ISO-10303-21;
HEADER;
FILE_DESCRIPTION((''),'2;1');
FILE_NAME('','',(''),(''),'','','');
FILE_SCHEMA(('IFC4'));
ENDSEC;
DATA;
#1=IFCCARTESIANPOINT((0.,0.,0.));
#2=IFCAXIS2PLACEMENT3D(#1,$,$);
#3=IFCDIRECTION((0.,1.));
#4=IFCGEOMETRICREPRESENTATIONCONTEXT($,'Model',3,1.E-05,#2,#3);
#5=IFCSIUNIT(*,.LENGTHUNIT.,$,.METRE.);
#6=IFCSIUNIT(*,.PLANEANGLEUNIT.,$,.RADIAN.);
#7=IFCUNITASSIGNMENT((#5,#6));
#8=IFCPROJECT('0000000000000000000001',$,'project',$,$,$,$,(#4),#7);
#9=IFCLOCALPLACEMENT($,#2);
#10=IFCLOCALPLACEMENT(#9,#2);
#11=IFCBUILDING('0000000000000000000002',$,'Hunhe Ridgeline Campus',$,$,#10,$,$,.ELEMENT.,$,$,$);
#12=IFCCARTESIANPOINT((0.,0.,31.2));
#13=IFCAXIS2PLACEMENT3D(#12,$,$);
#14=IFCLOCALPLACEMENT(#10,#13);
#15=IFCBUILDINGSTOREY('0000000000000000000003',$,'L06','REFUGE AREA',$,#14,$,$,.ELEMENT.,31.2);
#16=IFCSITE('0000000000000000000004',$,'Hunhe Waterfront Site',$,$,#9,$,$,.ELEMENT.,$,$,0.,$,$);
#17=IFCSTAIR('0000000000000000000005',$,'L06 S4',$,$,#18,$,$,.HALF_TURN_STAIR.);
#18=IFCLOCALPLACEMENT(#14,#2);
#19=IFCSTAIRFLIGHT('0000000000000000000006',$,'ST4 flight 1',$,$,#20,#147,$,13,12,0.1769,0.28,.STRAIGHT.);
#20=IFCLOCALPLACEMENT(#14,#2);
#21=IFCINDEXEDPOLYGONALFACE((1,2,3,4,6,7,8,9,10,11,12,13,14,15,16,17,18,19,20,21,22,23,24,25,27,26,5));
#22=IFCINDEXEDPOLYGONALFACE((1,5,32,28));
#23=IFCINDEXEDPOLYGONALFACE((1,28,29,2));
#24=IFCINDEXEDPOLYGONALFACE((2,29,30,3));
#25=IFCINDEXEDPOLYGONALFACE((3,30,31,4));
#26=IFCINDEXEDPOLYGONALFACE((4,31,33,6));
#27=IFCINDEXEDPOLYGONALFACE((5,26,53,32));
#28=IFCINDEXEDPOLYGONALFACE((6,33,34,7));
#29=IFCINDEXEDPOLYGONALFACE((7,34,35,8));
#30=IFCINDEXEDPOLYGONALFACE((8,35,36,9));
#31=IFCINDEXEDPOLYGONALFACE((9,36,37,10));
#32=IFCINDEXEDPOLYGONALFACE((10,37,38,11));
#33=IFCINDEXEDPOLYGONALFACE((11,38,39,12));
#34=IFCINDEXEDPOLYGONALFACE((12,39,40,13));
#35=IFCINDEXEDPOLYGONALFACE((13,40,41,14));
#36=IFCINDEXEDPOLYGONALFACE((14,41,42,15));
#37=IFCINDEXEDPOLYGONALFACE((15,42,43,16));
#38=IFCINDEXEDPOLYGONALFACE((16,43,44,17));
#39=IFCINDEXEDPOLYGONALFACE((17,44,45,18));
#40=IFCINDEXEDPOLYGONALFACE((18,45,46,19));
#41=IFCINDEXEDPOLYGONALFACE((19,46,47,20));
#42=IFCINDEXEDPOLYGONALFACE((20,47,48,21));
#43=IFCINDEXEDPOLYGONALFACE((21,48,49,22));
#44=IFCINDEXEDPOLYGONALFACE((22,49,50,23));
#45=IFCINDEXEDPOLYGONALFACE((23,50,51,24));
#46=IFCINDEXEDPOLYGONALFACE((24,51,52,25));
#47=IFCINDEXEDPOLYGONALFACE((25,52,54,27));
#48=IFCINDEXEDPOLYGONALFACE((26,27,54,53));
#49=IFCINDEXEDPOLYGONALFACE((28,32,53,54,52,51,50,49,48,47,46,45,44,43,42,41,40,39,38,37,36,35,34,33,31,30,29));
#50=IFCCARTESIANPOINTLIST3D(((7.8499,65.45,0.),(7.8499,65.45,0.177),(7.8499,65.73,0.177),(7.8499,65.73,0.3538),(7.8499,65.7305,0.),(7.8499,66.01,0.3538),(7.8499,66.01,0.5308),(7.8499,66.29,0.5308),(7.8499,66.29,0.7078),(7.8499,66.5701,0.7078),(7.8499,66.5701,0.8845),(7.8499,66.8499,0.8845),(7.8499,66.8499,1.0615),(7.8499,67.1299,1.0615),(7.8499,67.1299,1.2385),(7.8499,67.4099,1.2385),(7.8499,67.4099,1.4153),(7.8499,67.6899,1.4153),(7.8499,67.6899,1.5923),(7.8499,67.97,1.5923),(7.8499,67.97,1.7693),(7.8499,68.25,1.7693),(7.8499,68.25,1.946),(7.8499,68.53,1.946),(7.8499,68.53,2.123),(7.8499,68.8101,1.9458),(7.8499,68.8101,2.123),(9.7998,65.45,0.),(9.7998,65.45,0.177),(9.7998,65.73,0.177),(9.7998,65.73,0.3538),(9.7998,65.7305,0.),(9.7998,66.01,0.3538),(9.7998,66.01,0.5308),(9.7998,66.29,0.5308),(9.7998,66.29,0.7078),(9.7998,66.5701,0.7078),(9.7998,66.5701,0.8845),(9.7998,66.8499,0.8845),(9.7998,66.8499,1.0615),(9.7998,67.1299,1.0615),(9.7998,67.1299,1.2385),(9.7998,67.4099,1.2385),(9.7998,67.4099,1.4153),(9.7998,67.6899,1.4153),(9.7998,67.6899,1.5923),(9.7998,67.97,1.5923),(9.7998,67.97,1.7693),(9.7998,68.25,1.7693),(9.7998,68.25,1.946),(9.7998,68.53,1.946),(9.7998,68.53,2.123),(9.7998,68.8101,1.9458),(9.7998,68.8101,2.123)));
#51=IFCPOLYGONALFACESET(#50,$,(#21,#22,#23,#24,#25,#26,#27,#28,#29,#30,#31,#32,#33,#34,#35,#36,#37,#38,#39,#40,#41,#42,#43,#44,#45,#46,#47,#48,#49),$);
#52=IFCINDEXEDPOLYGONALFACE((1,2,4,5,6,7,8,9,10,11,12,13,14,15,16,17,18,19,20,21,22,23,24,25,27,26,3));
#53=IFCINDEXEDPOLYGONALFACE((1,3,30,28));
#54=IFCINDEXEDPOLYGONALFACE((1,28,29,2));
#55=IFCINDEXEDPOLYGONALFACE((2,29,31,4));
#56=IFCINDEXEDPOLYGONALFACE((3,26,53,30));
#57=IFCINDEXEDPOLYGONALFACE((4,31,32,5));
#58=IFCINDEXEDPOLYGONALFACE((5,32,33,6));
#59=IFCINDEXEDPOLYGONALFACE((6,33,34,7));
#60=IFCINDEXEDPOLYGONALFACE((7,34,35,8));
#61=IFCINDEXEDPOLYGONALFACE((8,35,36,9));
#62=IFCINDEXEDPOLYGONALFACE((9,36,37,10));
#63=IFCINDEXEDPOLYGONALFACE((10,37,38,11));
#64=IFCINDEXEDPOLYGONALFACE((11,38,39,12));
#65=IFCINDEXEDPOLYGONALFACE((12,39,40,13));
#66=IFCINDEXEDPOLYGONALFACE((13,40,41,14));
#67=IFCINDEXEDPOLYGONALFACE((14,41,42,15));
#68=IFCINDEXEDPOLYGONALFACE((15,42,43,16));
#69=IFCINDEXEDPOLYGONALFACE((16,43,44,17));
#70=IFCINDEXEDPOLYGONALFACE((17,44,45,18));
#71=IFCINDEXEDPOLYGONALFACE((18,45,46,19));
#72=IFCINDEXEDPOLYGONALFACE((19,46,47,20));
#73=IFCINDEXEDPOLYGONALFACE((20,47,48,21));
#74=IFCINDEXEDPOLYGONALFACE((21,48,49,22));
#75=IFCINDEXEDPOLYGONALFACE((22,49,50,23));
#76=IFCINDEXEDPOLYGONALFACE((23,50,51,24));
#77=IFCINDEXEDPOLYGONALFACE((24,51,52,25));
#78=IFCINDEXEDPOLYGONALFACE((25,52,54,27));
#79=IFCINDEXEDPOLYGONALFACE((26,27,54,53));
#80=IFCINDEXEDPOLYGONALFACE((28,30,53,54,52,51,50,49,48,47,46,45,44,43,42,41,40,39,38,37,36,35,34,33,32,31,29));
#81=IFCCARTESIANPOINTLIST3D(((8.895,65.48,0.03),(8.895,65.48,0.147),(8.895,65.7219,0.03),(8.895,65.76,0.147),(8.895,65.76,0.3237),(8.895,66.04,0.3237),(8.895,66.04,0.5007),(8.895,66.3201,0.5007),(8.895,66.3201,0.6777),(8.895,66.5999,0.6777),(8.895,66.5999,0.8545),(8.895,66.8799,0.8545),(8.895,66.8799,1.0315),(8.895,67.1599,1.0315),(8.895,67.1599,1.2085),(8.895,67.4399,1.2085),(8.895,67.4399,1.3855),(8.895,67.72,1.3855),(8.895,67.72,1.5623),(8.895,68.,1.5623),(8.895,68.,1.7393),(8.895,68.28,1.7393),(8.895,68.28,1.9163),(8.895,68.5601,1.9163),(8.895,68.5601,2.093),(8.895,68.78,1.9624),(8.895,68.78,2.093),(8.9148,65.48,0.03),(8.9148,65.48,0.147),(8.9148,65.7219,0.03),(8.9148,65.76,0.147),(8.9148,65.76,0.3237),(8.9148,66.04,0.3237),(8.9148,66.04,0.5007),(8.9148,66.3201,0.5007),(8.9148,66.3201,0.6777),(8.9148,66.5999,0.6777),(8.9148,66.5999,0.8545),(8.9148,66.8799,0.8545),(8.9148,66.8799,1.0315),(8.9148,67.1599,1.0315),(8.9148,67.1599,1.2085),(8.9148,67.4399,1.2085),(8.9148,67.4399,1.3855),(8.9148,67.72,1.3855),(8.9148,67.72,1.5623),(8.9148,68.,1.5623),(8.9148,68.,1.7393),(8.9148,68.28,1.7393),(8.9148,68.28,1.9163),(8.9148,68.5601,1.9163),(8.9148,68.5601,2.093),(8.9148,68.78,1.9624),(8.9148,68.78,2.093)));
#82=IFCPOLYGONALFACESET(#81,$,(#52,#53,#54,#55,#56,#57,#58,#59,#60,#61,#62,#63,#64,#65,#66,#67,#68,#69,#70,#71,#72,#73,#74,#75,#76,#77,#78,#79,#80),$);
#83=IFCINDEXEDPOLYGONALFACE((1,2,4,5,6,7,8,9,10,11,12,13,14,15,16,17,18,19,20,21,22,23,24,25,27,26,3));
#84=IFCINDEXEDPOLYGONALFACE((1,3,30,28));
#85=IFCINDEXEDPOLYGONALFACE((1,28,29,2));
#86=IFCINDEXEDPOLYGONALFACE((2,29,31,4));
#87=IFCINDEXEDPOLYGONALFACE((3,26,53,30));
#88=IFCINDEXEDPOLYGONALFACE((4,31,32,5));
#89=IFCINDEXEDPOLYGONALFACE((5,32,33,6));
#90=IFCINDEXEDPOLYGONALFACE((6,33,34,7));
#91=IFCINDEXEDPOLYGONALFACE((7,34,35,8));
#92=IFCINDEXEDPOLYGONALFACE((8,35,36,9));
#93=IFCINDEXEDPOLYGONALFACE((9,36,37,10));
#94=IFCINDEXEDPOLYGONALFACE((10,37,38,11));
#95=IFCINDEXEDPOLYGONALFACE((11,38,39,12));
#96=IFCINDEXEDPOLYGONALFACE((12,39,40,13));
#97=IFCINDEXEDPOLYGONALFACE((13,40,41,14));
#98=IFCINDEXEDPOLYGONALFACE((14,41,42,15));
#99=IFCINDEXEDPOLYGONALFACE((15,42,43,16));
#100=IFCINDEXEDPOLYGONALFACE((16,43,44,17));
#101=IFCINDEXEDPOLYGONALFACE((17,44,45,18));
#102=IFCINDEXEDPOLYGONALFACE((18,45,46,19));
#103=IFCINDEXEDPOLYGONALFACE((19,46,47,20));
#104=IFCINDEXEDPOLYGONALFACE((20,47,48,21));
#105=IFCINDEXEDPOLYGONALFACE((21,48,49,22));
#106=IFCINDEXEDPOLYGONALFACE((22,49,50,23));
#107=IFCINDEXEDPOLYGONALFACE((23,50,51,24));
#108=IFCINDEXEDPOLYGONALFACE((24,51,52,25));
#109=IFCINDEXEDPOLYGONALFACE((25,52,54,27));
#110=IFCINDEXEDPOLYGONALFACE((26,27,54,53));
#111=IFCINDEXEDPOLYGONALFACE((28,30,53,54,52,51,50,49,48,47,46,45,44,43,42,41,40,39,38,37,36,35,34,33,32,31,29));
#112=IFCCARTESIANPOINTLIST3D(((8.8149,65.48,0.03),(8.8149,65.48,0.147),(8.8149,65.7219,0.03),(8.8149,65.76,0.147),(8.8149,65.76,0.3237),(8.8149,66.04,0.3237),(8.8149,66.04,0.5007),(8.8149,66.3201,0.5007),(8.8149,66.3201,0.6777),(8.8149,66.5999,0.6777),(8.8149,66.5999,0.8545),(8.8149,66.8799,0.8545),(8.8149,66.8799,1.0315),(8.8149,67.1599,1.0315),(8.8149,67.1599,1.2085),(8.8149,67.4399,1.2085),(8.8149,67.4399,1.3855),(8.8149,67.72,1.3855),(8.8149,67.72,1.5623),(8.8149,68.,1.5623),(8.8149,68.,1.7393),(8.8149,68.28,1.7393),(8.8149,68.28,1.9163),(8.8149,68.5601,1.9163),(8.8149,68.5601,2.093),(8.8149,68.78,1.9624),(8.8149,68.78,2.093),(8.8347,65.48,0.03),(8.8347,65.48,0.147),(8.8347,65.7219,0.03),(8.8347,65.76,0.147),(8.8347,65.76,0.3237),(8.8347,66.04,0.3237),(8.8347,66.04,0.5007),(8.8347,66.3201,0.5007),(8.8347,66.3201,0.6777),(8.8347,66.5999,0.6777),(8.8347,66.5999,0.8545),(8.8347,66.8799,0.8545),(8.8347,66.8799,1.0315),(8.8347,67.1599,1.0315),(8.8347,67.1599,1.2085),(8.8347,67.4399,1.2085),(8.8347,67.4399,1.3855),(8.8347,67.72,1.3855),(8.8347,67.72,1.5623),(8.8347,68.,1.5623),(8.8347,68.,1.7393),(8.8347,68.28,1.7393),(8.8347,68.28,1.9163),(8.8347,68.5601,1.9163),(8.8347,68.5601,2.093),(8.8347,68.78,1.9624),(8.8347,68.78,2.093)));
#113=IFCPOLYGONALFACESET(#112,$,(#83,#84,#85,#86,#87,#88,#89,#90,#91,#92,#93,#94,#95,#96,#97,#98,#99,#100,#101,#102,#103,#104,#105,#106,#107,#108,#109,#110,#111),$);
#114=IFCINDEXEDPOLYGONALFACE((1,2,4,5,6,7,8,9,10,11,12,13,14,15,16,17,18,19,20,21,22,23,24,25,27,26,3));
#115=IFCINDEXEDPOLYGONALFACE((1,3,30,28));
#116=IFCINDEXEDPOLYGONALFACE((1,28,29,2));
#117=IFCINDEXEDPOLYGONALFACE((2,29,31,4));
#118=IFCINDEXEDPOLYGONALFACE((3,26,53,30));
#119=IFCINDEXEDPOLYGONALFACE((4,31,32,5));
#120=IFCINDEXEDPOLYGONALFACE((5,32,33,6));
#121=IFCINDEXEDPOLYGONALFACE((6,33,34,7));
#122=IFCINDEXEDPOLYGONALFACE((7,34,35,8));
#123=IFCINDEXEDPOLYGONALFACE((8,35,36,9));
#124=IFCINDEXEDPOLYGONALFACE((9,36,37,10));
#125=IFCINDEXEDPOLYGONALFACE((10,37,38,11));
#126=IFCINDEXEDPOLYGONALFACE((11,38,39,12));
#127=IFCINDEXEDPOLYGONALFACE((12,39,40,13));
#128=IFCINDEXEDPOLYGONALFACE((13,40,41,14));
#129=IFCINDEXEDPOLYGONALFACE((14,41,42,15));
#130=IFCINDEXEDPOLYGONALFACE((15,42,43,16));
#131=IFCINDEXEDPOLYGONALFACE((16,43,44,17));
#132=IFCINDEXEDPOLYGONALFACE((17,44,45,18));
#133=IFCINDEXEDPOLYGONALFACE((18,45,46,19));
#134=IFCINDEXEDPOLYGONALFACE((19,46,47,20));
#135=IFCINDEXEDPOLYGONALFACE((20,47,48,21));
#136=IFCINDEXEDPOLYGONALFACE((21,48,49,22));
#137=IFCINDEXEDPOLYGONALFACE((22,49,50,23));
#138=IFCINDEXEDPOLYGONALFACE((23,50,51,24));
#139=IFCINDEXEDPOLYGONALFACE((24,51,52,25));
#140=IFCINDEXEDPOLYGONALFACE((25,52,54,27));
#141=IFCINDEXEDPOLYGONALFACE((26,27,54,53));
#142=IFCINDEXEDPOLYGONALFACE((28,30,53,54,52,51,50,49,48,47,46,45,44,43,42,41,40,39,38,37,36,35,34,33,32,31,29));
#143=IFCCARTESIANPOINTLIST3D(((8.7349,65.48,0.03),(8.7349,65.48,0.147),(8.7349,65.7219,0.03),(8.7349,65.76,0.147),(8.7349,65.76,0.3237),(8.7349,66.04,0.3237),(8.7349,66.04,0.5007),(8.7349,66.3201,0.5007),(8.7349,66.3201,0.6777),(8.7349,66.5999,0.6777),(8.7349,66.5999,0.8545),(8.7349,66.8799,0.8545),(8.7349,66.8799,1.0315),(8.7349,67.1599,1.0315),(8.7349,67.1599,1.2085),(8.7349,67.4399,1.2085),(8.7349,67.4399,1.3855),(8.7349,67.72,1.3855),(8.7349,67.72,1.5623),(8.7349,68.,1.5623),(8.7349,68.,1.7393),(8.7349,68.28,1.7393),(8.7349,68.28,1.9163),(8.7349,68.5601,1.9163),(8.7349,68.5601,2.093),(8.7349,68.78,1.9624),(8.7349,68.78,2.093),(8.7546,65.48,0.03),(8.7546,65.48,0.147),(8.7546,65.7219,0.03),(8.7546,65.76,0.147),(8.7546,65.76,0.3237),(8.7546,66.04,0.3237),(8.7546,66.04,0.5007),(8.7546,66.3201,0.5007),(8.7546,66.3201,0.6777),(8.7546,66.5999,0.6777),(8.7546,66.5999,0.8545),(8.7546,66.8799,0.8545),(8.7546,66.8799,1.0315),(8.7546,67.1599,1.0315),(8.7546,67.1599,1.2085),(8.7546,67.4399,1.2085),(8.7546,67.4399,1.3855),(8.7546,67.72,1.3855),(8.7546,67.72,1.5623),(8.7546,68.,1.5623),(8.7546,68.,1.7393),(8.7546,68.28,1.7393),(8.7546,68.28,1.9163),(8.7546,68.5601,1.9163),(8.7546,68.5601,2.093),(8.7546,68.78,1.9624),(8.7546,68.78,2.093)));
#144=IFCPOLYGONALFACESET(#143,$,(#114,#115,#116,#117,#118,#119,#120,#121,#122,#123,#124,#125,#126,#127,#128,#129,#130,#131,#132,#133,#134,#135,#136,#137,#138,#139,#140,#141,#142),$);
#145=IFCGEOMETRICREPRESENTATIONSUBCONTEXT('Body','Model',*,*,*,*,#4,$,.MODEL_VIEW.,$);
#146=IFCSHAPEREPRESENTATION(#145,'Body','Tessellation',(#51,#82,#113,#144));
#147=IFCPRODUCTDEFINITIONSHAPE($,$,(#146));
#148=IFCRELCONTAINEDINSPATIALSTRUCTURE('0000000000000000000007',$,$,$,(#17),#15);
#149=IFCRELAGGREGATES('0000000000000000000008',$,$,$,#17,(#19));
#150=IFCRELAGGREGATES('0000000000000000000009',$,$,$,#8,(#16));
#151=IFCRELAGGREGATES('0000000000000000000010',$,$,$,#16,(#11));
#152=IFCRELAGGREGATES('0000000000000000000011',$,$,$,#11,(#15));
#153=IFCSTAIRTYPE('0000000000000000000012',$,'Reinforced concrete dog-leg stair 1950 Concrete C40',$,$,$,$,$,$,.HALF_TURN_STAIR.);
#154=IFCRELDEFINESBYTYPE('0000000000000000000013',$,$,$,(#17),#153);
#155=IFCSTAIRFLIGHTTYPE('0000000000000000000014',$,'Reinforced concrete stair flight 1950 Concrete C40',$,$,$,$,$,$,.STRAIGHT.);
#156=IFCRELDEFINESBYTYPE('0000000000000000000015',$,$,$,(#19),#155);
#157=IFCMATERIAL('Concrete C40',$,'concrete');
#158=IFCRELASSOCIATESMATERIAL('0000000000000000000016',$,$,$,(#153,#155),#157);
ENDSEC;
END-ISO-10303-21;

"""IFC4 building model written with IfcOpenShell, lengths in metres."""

from ifc_helpers import new_model, si_unit, direction, frame, origin, place, context, subcontext, project, spatial, polyline, outline, extrude, material, type_object, element, aggregate, save


model = new_model("IFC4")

# Units and contexts
model_context = context("Model", 3, precision=1e-05, world=origin(), true_north=direction((0.0, 1.0)))
body_context = subcontext(model_context, "Body", "Model", "MODEL_VIEW")
ifc_project = project(units=[si_unit("LENGTHUNIT", "METRE"), si_unit("PLANEANGLEUNIT", "RADIAN")], contexts=[model_context])

# Site, building, storey
site_placement = place(None, origin())
site = spatial("IfcSite", under=ifc_project, at=site_placement, Name="Hunhe Waterfront Site", CompositionType="ELEMENT", RefElevation=0.0)
building_placement = place(site_placement, origin())
building = spatial("IfcBuilding", under=site, at=building_placement, Name="Hunhe Ridgeline Campus", CompositionType="ELEMENT")
storey_placement = place(building_placement, frame((0.0, 0.0, 31.2)))
storey = spatial("IfcBuildingStorey", under=building, at=storey_placement, Name="L06", Description="REFUGE AREA", CompositionType="ELEMENT", Elevation=31.2)

# Stair, stair flight
ifc_material_1 = material(Name="Concrete C40", Category="concrete")
stair_type = type_object("IfcStairType", Name="Reinforced concrete dog-leg stair 1950 Concrete C40", PredefinedType="HALF_TURN_STAIR", material=ifc_material_1)
stair_flight_type = type_object("IfcStairFlightType", Name="Reinforced concrete stair flight 1950 Concrete C40", PredefinedType="STRAIGHT", material=ifc_material_1)
stair_1_placement = place(storey_placement, origin())
stair_1 = element("IfcStair", 1, at=stair_1_placement, inside=storey, type_object=stair_type, Name="L06 S4", PredefinedType="HALF_TURN_STAIR")
stair_flight_1_placement = place(storey_placement, frame((8.825, 65.45, 0.0), z_axis=(0.0, 0.0, 1.0), x_axis=(0.0, 1.0, 0.0)))
stair_flight_1 = element("IfcStairFlight", 2, at=stair_flight_1_placement, type_object=stair_flight_type, Name="ST4 flight 1", NumberOfRisers=13, NumberOfTreads=12, PredefinedType="STRAIGHT", RiserHeight=0.1769, TreadLength=0.28, context=body_context, shape_type="SweptSolid", body=[
    extrude(outline(polyline([(0.0, 0.0), (0.0, 0.177), (0.28, 0.177), (0.28, 0.3538), (0.5601, 0.3538), (0.5601, 0.5308), (0.8401, 0.5308), (0.8401, 0.7078), (1.1201, 0.7078), (1.1201, 0.8845), (1.3999, 0.8845), (1.3999, 1.0615), (1.6799, 1.0615), (1.6799, 1.2385), (1.96, 1.2385), (1.96, 1.4153), (2.24, 1.4153), (2.24, 1.5923), (2.52, 1.5923), (2.52, 1.7693), (2.8, 1.7693), (2.8, 1.946), (3.0801, 1.946), (3.0801, 2.123), (3.3601, 2.123), (3.3601, 2.3), (3.3601, 1.9458), (0.2805, 0.0), (0.0, 0.0)])), frame((0.0, 0.9751, 0.0), z_axis=(0.0, -1.0, 0.0), x_axis=(1.0, 0.0, 0.0)), (0.0, 0.0, 1.0), 1.95),
    extrude(outline(polyline([(0.03, 0.03), (0.03, 0.147), (0.3101, 0.147), (0.3101, 0.3237), (0.5901, 0.3237), (0.5901, 0.5007), (0.8701, 0.5007), (0.8701, 0.6777), (1.1499, 0.6777), (1.1499, 0.8545), (1.4299, 0.8545), (1.4299, 1.0315), (1.71, 1.0315), (1.71, 1.2085), (1.99, 1.2085), (1.99, 1.3855), (2.27, 1.3855), (2.27, 1.5623), (2.55, 1.5623), (2.55, 1.7393), (2.8301, 1.7393), (2.8301, 1.9163), (3.1101, 1.9163), (3.1101, 2.093), (3.3301, 2.093), (3.3301, 1.9624), (0.272, 0.03), (0.03, 0.03)])), frame((0.0, -0.0701, 0.0), z_axis=(0.0, -1.0, 0.0), x_axis=(1.0, 0.0, 0.0)), (0.0, 0.0, 1.0), 0.0198),
    extrude(outline(polyline([(0.03, 0.03), (0.03, 0.147), (0.3101, 0.147), (0.3101, 0.3237), (0.5901, 0.3237), (0.5901, 0.5007), (0.8701, 0.5007), (0.8701, 0.6777), (1.1499, 0.6777), (1.1499, 0.8545), (1.4299, 0.8545), (1.4299, 1.0315), (1.71, 1.0315), (1.71, 1.2085), (1.99, 1.2085), (1.99, 1.3855), (2.27, 1.3855), (2.27, 1.5623), (2.55, 1.5623), (2.55, 1.7393), (2.8301, 1.7393), (2.8301, 1.9163), (3.1101, 1.9163), (3.1101, 2.093), (3.3301, 2.093), (3.3301, 1.9624), (0.272, 0.03), (0.03, 0.03)])), frame((0.0, 0.01, 0.0), z_axis=(0.0, -1.0, 0.0), x_axis=(1.0, 0.0, 0.0)), (0.0, 0.0, 1.0), 0.0198),
    extrude(outline(polyline([(0.03, 0.03), (0.03, 0.147), (0.3101, 0.147), (0.3101, 0.3237), (0.5901, 0.3237), (0.5901, 0.5007), (0.8701, 0.5007), (0.8701, 0.6777), (1.1499, 0.6777), (1.1499, 0.8545), (1.4299, 0.8545), (1.4299, 1.0315), (1.71, 1.0315), (1.71, 1.2085), (1.99, 1.2085), (1.99, 1.3855), (2.27, 1.3855), (2.27, 1.5623), (2.55, 1.5623), (2.55, 1.7393), (2.8301, 1.7393), (2.8301, 1.9163), (3.1101, 1.9163), (3.1101, 2.093), (3.3301, 2.093), (3.3301, 1.9624), (0.272, 0.03), (0.03, 0.03)])), frame((0.0, 0.0901, 0.0), z_axis=(0.0, -1.0, 0.0), x_axis=(1.0, 0.0, 0.0)), (0.0, 0.0, 1.0), 0.0198),
])
aggregate(stair_1, [stair_flight_1])

save(model, "model.ifc")
